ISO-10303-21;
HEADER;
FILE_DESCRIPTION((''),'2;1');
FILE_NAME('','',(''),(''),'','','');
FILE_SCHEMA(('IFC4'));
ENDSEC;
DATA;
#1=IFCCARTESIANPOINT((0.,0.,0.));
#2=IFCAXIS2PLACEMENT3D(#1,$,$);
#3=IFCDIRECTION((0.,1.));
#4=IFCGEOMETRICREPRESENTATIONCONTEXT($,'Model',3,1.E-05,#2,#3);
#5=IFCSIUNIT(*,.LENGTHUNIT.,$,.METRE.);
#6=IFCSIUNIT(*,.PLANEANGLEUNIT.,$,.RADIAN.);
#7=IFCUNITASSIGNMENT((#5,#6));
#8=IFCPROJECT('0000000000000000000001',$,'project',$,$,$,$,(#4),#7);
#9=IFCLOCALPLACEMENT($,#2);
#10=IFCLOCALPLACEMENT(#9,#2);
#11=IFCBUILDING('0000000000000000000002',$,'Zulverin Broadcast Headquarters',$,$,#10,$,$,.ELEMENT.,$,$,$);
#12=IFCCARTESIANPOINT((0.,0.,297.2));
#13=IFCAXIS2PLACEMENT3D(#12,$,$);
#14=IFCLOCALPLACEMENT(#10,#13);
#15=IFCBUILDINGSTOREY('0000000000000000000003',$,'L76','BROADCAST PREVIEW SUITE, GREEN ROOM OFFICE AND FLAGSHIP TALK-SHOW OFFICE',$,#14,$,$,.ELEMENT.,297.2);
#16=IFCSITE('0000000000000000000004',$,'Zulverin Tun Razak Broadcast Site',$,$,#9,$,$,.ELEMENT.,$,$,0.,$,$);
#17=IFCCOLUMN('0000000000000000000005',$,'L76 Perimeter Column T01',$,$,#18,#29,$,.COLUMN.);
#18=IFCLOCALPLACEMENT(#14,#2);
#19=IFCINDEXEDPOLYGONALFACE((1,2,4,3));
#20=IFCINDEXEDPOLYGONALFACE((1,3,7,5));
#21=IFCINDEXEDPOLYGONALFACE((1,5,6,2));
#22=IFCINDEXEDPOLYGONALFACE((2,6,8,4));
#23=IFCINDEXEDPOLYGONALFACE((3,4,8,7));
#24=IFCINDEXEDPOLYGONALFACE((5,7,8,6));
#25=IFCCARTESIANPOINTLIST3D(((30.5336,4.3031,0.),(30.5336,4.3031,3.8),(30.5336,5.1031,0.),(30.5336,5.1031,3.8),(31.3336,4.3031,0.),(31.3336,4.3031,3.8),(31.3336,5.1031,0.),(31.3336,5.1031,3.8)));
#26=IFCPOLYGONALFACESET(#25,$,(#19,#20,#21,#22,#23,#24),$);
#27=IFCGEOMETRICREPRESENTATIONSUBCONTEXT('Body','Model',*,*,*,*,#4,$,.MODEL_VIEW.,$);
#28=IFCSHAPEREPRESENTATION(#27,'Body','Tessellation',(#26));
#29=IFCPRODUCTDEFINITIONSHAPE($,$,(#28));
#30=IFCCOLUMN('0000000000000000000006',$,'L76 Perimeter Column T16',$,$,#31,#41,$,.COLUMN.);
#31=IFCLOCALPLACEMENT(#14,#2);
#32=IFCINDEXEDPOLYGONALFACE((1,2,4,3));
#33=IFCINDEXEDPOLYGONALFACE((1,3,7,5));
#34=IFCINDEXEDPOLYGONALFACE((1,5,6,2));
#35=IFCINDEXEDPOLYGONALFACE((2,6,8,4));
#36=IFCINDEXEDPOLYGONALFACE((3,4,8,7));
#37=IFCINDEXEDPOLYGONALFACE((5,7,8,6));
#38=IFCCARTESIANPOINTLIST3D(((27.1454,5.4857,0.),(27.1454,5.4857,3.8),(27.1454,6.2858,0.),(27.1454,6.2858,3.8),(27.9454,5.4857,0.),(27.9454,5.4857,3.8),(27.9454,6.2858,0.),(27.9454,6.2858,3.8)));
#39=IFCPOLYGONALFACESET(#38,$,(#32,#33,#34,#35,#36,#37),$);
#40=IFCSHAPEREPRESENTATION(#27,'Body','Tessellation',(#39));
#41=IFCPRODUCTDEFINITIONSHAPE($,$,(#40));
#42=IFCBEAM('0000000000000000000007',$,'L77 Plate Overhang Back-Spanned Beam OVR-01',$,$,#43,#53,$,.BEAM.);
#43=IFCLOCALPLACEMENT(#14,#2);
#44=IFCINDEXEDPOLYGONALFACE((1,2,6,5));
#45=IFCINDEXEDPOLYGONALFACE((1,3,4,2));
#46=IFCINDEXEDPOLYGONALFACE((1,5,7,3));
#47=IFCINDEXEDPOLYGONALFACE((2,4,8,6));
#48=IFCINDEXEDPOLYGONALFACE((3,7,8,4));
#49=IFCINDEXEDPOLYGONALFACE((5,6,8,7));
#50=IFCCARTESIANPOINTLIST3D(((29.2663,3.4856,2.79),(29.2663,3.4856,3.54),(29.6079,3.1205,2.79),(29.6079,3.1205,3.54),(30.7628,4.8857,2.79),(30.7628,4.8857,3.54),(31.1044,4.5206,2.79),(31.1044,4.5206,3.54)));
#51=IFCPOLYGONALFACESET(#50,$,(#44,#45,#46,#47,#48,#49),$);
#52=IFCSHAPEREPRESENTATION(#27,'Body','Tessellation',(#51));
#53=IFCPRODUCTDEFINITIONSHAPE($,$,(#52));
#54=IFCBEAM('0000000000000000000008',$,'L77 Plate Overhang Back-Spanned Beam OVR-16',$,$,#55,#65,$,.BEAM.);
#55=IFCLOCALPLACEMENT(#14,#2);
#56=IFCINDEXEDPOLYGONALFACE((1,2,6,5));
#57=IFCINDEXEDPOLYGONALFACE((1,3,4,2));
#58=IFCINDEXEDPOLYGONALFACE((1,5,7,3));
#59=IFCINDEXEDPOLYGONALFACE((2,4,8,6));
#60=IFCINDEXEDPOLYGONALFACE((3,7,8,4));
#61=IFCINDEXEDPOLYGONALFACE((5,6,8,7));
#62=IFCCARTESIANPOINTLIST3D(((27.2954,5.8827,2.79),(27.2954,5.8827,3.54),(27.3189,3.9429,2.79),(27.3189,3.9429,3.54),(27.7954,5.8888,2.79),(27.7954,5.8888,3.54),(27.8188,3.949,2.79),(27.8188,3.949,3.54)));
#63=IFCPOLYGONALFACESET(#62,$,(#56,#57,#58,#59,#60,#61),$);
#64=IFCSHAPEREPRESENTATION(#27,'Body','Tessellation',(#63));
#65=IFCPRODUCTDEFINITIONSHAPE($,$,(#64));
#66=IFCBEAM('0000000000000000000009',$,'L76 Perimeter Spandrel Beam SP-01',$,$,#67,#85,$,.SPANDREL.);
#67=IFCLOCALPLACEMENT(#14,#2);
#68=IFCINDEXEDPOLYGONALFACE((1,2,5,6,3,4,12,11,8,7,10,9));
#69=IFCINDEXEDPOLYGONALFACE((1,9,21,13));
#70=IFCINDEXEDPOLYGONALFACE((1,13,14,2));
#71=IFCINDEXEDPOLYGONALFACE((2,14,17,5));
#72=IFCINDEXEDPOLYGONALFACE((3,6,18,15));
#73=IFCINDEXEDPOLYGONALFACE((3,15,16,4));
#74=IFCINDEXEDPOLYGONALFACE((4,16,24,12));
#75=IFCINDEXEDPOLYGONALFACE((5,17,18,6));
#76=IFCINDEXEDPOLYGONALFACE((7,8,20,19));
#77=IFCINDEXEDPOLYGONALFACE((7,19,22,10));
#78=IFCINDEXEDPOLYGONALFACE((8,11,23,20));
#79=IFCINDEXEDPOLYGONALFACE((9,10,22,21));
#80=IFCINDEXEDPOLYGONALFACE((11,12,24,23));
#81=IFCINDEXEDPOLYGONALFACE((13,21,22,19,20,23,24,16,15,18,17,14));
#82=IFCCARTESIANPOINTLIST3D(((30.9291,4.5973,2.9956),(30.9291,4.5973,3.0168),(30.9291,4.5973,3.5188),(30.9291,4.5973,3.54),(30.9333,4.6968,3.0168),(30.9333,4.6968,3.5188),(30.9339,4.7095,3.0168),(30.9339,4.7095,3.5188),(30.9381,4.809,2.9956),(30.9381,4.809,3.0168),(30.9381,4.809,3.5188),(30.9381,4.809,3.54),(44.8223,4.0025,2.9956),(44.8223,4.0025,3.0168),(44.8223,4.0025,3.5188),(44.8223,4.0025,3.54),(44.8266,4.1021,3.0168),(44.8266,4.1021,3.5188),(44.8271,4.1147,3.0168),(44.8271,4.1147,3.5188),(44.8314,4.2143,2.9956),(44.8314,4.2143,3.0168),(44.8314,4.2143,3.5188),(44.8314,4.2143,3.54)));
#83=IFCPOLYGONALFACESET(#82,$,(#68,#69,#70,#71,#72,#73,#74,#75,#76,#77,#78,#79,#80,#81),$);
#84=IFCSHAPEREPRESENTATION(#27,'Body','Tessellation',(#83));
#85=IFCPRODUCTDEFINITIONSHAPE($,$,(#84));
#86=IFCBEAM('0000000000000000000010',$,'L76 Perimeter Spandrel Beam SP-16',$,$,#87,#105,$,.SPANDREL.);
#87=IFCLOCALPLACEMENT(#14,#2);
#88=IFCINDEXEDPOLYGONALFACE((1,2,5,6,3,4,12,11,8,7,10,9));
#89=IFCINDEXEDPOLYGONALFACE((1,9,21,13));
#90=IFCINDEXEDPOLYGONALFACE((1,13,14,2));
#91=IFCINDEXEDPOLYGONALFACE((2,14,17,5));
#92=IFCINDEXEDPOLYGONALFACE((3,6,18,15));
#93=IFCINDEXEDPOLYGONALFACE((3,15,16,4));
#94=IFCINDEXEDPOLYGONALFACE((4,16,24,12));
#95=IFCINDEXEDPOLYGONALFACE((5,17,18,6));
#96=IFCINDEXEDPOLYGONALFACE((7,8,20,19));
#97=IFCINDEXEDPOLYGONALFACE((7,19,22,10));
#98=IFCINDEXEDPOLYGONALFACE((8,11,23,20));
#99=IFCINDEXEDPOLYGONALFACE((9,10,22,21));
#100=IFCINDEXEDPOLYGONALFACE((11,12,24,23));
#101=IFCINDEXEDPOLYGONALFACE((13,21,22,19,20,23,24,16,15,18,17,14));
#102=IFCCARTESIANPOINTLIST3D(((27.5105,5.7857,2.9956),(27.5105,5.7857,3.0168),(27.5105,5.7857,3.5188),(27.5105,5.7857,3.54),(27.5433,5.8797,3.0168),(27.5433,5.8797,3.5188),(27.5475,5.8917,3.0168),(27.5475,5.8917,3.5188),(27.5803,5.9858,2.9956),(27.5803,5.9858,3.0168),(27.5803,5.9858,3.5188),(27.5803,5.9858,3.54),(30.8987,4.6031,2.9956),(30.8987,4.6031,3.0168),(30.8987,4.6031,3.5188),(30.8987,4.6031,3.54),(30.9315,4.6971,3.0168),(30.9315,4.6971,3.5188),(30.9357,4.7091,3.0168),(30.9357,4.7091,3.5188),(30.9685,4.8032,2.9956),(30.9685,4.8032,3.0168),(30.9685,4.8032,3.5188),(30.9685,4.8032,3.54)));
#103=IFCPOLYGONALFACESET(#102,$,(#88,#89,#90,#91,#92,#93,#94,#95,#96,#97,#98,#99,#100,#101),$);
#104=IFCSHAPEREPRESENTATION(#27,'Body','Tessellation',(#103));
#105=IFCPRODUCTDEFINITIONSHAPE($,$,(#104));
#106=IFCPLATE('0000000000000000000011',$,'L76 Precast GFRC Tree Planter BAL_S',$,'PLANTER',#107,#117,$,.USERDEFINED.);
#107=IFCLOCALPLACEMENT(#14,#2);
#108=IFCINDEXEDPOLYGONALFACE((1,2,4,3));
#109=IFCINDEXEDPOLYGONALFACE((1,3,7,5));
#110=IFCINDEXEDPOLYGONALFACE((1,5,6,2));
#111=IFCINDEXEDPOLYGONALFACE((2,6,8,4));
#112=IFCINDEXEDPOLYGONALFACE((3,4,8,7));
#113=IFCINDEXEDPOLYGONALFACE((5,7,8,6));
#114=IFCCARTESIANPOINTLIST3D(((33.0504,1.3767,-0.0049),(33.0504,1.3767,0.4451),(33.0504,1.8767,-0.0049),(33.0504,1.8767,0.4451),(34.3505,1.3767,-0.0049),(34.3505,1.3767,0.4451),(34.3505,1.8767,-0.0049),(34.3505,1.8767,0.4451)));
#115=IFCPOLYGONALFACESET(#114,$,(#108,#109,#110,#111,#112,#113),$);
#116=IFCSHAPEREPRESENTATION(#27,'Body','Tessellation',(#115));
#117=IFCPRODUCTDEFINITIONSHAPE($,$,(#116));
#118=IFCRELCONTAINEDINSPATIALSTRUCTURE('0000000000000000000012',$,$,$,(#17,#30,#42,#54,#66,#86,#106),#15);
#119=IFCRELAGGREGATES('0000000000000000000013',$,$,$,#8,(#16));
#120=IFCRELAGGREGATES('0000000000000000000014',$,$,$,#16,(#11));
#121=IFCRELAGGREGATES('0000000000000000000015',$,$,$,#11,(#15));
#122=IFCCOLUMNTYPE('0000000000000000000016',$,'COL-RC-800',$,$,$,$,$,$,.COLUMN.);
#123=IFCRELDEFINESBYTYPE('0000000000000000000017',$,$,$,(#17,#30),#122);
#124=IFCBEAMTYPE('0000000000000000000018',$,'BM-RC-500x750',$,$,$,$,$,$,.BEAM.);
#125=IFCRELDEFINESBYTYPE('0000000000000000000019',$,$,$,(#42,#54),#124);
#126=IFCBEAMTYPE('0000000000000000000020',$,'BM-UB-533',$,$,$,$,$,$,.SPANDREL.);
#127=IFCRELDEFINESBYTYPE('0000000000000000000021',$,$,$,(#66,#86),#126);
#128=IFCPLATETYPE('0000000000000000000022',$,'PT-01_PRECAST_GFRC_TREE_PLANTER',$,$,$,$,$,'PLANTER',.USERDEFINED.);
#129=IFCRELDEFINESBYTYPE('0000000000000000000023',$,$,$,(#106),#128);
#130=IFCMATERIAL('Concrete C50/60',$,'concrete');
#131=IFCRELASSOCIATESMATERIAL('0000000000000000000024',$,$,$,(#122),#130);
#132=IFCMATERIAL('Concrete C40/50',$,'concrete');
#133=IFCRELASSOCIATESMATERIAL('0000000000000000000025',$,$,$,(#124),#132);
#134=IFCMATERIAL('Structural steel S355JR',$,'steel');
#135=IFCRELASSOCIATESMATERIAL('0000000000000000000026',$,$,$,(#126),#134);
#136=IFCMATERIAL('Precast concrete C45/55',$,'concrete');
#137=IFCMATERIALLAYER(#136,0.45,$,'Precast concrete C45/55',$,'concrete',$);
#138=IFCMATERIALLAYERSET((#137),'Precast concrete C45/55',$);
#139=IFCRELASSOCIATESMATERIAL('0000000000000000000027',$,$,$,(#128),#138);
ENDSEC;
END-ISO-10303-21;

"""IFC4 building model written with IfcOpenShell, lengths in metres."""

from ifc_helpers import new_model, si_unit, direction, frame, origin, origin_2d, place, context, subcontext, project, spatial, rectangle, i_section, extrude, material, layer, layer_set, material_profile, profile_set, type_object, element, save


model = new_model("IFC4")

# Units and contexts
model_context = context("Model", 3, precision=1e-05, world=origin(), true_north=direction((0.0, 1.0)))
body_context = subcontext(model_context, "Body", "Model", "MODEL_VIEW")
ifc_project = project(units=[si_unit("LENGTHUNIT", "METRE"), si_unit("PLANEANGLEUNIT", "RADIAN")], contexts=[model_context])

# Site, building, storey
site_placement = place(None, origin())
site = spatial("IfcSite", under=ifc_project, at=site_placement, Name="Zulverin Tun Razak Broadcast Site", CompositionType="ELEMENT", RefElevation=0.0)
building_placement = place(site_placement, origin())
building = spatial("IfcBuilding", under=site, at=building_placement, Name="Zulverin Broadcast Headquarters", CompositionType="ELEMENT")
storey_placement = place(building_placement, frame((0.0, 0.0, 297.2)))
storey = spatial("IfcBuildingStorey", under=building, at=storey_placement, Name="L76", Description="BROADCAST PREVIEW SUITE, GREEN ROOM OFFICE AND FLAGSHIP TALK-SHOW OFFICE", CompositionType="ELEMENT", Elevation=297.2)

# Columns
ifc_material_1 = material(Name="Concrete C50/60", Category="concrete")
ifc_material_profile_1 = material_profile(ifc_material_1, rectangle(XDim=0.8, YDim=0.8, at=origin_2d()), Name="Concrete C50/60", Category="concrete")
ifc_profile_set_1 = profile_set([ifc_material_profile_1], Name="Concrete C50/60")
column_type = type_object("IfcColumnType", Name="COL-RC-800", PredefinedType="COLUMN", material=ifc_profile_set_1)
for number, where, z_axis, x_axis, name in (
    (1, (30.9336, 4.7031, 0.0), (0.0, 0.0, 1.0), (1.0, 0.0, 0.0), "L76 Perimeter Column T01"),
    (2, (27.5454, 5.8857, 0.0), (0.0, 0.0, 1.0), (1.0, 0.0, 0.0), "L76 Perimeter Column T16"),
):
    element("IfcColumn", number, at=place(storey_placement, frame(where, z_axis=z_axis, x_axis=x_axis)), inside=storey, type_object=column_type, Name=name, PredefinedType="COLUMN", context=body_context, shape_type="SweptSolid", body=[
        extrude(rectangle(XDim=0.8, YDim=0.8, at=origin_2d()), origin(), (0.0, 0.0, 1.0), 3.8),
    ])

# Beams
ifc_material_2 = material(Name="Concrete C40/50", Category="concrete")
ifc_material_profile_2 = material_profile(ifc_material_2, rectangle(XDim=0.5, YDim=0.75, at=origin_2d()), Name="Concrete C40/50", Category="concrete")
ifc_profile_set_2 = profile_set([ifc_material_profile_2], Name="Concrete C40/50")
beam_type_1 = type_object("IfcBeamType", Name="BM-RC-500x750", PredefinedType="BEAM", material=ifc_profile_set_2)
beam_1_placement = place(storey_placement, frame((30.9336, 4.7031, 3.165), z_axis=(-0.730243, -0.683188, 0.0), x_axis=(0.683188, -0.730243, 0.0)))
element("IfcBeam", 3, at=beam_1_placement, inside=storey, type_object=beam_type_1, Name="L77 Plate Overhang Back-Spanned Beam OVR-01", PredefinedType="BEAM", context=body_context, shape_type="SweptSolid", body=[
    extrude(rectangle(XDim=0.5, YDim=0.75, at=origin_2d()), origin(), (0.0, 0.0, 1.0), 2.0493),
])
beam_2_placement = place(storey_placement, frame((27.5454, 5.8857, 3.165), z_axis=(0.012082, -0.999927, 0.0), x_axis=(0.999927, 0.012082, 0.0)))
element("IfcBeam", 4, at=beam_2_placement, inside=storey, type_object=beam_type_1, Name="L77 Plate Overhang Back-Spanned Beam OVR-16", PredefinedType="BEAM", context=body_context, shape_type="SweptSolid", body=[
    extrude(rectangle(XDim=0.5, YDim=0.75, at=origin_2d()), origin(), (0.0, 0.0, 1.0), 1.9399),
])
ifc_material_3 = material(Name="Structural steel S355JR", Category="steel")
ifc_material_profile_3 = material_profile(ifc_material_3, i_section(OverallWidth=0.2119, OverallDepth=0.5444, WebThickness=0.0127, FlangeThickness=0.0212, at=origin_2d()), Name="Structural steel S355JR", Category="steel")
ifc_profile_set_3 = profile_set([ifc_material_profile_3], Name="Structural steel S355JR")
beam_type_2 = type_object("IfcBeamType", Name="BM-UB-533", PredefinedType="SPANDREL", material=ifc_profile_set_3)
beam_3_placement = place(storey_placement, frame((30.9336, 4.7031, 3.2678), z_axis=(0.999085, -0.042768, 0.0), x_axis=(0.042768, 0.999085, 0.0)))
element("IfcBeam", 5, at=beam_3_placement, inside=storey, type_object=beam_type_2, Name="L76 Perimeter Spandrel Beam SP-01", PredefinedType="SPANDREL", context=body_context, shape_type="SweptSolid", body=[
    extrude(i_section(OverallWidth=0.2119, OverallDepth=0.5444, WebThickness=0.0127, FlangeThickness=0.0212, at=origin_2d()), origin(), (0.0, 0.0, 1.0), 13.906),
])
beam_4_placement = place(storey_placement, frame((27.5454, 5.8857, 3.2678), z_axis=(0.94414, -0.329544, 0.0), x_axis=(0.329544, 0.94414, 0.0)))
element("IfcBeam", 6, at=beam_4_placement, inside=storey, type_object=beam_type_2, Name="L76 Perimeter Spandrel Beam SP-16", PredefinedType="SPANDREL", context=body_context, shape_type="SweptSolid", body=[
    extrude(i_section(OverallWidth=0.2119, OverallDepth=0.5444, WebThickness=0.0127, FlangeThickness=0.0212, at=origin_2d()), origin(), (0.0, 0.0, 1.0), 3.5886),
])

# Plate
ifc_material_4 = material(Name="Precast concrete C45/55", Category="concrete")
ifc_layer_1 = layer(ifc_material_4, 0.45, Name="Precast concrete C45/55", Category="concrete")
ifc_layer_set_1 = layer_set([ifc_layer_1], Name="Precast concrete C45/55")
plate_type = type_object("IfcPlateType", Name="PT-01_PRECAST_GFRC_TREE_PLANTER", ElementType="PLANTER", PredefinedType="USERDEFINED", material=ifc_layer_set_1)
plate_placement = place(storey_placement, frame((33.7004, 1.6267, -0.0049), z_axis=(0.0, 0.0, 1.0), x_axis=(1.0, 0.0, 0.0)))
element("IfcPlate", 7, at=plate_placement, inside=storey, type_object=plate_type, Name="L76 Precast GFRC Tree Planter BAL_S", ObjectType="PLANTER", PredefinedType="USERDEFINED", context=body_context, shape_type="SweptSolid", body=[
    extrude(rectangle(XDim=1.3, YDim=0.5, at=origin_2d()), origin(), (0.0, 0.0, 1.0), 0.45),
])

save(model, "model.ifc")
